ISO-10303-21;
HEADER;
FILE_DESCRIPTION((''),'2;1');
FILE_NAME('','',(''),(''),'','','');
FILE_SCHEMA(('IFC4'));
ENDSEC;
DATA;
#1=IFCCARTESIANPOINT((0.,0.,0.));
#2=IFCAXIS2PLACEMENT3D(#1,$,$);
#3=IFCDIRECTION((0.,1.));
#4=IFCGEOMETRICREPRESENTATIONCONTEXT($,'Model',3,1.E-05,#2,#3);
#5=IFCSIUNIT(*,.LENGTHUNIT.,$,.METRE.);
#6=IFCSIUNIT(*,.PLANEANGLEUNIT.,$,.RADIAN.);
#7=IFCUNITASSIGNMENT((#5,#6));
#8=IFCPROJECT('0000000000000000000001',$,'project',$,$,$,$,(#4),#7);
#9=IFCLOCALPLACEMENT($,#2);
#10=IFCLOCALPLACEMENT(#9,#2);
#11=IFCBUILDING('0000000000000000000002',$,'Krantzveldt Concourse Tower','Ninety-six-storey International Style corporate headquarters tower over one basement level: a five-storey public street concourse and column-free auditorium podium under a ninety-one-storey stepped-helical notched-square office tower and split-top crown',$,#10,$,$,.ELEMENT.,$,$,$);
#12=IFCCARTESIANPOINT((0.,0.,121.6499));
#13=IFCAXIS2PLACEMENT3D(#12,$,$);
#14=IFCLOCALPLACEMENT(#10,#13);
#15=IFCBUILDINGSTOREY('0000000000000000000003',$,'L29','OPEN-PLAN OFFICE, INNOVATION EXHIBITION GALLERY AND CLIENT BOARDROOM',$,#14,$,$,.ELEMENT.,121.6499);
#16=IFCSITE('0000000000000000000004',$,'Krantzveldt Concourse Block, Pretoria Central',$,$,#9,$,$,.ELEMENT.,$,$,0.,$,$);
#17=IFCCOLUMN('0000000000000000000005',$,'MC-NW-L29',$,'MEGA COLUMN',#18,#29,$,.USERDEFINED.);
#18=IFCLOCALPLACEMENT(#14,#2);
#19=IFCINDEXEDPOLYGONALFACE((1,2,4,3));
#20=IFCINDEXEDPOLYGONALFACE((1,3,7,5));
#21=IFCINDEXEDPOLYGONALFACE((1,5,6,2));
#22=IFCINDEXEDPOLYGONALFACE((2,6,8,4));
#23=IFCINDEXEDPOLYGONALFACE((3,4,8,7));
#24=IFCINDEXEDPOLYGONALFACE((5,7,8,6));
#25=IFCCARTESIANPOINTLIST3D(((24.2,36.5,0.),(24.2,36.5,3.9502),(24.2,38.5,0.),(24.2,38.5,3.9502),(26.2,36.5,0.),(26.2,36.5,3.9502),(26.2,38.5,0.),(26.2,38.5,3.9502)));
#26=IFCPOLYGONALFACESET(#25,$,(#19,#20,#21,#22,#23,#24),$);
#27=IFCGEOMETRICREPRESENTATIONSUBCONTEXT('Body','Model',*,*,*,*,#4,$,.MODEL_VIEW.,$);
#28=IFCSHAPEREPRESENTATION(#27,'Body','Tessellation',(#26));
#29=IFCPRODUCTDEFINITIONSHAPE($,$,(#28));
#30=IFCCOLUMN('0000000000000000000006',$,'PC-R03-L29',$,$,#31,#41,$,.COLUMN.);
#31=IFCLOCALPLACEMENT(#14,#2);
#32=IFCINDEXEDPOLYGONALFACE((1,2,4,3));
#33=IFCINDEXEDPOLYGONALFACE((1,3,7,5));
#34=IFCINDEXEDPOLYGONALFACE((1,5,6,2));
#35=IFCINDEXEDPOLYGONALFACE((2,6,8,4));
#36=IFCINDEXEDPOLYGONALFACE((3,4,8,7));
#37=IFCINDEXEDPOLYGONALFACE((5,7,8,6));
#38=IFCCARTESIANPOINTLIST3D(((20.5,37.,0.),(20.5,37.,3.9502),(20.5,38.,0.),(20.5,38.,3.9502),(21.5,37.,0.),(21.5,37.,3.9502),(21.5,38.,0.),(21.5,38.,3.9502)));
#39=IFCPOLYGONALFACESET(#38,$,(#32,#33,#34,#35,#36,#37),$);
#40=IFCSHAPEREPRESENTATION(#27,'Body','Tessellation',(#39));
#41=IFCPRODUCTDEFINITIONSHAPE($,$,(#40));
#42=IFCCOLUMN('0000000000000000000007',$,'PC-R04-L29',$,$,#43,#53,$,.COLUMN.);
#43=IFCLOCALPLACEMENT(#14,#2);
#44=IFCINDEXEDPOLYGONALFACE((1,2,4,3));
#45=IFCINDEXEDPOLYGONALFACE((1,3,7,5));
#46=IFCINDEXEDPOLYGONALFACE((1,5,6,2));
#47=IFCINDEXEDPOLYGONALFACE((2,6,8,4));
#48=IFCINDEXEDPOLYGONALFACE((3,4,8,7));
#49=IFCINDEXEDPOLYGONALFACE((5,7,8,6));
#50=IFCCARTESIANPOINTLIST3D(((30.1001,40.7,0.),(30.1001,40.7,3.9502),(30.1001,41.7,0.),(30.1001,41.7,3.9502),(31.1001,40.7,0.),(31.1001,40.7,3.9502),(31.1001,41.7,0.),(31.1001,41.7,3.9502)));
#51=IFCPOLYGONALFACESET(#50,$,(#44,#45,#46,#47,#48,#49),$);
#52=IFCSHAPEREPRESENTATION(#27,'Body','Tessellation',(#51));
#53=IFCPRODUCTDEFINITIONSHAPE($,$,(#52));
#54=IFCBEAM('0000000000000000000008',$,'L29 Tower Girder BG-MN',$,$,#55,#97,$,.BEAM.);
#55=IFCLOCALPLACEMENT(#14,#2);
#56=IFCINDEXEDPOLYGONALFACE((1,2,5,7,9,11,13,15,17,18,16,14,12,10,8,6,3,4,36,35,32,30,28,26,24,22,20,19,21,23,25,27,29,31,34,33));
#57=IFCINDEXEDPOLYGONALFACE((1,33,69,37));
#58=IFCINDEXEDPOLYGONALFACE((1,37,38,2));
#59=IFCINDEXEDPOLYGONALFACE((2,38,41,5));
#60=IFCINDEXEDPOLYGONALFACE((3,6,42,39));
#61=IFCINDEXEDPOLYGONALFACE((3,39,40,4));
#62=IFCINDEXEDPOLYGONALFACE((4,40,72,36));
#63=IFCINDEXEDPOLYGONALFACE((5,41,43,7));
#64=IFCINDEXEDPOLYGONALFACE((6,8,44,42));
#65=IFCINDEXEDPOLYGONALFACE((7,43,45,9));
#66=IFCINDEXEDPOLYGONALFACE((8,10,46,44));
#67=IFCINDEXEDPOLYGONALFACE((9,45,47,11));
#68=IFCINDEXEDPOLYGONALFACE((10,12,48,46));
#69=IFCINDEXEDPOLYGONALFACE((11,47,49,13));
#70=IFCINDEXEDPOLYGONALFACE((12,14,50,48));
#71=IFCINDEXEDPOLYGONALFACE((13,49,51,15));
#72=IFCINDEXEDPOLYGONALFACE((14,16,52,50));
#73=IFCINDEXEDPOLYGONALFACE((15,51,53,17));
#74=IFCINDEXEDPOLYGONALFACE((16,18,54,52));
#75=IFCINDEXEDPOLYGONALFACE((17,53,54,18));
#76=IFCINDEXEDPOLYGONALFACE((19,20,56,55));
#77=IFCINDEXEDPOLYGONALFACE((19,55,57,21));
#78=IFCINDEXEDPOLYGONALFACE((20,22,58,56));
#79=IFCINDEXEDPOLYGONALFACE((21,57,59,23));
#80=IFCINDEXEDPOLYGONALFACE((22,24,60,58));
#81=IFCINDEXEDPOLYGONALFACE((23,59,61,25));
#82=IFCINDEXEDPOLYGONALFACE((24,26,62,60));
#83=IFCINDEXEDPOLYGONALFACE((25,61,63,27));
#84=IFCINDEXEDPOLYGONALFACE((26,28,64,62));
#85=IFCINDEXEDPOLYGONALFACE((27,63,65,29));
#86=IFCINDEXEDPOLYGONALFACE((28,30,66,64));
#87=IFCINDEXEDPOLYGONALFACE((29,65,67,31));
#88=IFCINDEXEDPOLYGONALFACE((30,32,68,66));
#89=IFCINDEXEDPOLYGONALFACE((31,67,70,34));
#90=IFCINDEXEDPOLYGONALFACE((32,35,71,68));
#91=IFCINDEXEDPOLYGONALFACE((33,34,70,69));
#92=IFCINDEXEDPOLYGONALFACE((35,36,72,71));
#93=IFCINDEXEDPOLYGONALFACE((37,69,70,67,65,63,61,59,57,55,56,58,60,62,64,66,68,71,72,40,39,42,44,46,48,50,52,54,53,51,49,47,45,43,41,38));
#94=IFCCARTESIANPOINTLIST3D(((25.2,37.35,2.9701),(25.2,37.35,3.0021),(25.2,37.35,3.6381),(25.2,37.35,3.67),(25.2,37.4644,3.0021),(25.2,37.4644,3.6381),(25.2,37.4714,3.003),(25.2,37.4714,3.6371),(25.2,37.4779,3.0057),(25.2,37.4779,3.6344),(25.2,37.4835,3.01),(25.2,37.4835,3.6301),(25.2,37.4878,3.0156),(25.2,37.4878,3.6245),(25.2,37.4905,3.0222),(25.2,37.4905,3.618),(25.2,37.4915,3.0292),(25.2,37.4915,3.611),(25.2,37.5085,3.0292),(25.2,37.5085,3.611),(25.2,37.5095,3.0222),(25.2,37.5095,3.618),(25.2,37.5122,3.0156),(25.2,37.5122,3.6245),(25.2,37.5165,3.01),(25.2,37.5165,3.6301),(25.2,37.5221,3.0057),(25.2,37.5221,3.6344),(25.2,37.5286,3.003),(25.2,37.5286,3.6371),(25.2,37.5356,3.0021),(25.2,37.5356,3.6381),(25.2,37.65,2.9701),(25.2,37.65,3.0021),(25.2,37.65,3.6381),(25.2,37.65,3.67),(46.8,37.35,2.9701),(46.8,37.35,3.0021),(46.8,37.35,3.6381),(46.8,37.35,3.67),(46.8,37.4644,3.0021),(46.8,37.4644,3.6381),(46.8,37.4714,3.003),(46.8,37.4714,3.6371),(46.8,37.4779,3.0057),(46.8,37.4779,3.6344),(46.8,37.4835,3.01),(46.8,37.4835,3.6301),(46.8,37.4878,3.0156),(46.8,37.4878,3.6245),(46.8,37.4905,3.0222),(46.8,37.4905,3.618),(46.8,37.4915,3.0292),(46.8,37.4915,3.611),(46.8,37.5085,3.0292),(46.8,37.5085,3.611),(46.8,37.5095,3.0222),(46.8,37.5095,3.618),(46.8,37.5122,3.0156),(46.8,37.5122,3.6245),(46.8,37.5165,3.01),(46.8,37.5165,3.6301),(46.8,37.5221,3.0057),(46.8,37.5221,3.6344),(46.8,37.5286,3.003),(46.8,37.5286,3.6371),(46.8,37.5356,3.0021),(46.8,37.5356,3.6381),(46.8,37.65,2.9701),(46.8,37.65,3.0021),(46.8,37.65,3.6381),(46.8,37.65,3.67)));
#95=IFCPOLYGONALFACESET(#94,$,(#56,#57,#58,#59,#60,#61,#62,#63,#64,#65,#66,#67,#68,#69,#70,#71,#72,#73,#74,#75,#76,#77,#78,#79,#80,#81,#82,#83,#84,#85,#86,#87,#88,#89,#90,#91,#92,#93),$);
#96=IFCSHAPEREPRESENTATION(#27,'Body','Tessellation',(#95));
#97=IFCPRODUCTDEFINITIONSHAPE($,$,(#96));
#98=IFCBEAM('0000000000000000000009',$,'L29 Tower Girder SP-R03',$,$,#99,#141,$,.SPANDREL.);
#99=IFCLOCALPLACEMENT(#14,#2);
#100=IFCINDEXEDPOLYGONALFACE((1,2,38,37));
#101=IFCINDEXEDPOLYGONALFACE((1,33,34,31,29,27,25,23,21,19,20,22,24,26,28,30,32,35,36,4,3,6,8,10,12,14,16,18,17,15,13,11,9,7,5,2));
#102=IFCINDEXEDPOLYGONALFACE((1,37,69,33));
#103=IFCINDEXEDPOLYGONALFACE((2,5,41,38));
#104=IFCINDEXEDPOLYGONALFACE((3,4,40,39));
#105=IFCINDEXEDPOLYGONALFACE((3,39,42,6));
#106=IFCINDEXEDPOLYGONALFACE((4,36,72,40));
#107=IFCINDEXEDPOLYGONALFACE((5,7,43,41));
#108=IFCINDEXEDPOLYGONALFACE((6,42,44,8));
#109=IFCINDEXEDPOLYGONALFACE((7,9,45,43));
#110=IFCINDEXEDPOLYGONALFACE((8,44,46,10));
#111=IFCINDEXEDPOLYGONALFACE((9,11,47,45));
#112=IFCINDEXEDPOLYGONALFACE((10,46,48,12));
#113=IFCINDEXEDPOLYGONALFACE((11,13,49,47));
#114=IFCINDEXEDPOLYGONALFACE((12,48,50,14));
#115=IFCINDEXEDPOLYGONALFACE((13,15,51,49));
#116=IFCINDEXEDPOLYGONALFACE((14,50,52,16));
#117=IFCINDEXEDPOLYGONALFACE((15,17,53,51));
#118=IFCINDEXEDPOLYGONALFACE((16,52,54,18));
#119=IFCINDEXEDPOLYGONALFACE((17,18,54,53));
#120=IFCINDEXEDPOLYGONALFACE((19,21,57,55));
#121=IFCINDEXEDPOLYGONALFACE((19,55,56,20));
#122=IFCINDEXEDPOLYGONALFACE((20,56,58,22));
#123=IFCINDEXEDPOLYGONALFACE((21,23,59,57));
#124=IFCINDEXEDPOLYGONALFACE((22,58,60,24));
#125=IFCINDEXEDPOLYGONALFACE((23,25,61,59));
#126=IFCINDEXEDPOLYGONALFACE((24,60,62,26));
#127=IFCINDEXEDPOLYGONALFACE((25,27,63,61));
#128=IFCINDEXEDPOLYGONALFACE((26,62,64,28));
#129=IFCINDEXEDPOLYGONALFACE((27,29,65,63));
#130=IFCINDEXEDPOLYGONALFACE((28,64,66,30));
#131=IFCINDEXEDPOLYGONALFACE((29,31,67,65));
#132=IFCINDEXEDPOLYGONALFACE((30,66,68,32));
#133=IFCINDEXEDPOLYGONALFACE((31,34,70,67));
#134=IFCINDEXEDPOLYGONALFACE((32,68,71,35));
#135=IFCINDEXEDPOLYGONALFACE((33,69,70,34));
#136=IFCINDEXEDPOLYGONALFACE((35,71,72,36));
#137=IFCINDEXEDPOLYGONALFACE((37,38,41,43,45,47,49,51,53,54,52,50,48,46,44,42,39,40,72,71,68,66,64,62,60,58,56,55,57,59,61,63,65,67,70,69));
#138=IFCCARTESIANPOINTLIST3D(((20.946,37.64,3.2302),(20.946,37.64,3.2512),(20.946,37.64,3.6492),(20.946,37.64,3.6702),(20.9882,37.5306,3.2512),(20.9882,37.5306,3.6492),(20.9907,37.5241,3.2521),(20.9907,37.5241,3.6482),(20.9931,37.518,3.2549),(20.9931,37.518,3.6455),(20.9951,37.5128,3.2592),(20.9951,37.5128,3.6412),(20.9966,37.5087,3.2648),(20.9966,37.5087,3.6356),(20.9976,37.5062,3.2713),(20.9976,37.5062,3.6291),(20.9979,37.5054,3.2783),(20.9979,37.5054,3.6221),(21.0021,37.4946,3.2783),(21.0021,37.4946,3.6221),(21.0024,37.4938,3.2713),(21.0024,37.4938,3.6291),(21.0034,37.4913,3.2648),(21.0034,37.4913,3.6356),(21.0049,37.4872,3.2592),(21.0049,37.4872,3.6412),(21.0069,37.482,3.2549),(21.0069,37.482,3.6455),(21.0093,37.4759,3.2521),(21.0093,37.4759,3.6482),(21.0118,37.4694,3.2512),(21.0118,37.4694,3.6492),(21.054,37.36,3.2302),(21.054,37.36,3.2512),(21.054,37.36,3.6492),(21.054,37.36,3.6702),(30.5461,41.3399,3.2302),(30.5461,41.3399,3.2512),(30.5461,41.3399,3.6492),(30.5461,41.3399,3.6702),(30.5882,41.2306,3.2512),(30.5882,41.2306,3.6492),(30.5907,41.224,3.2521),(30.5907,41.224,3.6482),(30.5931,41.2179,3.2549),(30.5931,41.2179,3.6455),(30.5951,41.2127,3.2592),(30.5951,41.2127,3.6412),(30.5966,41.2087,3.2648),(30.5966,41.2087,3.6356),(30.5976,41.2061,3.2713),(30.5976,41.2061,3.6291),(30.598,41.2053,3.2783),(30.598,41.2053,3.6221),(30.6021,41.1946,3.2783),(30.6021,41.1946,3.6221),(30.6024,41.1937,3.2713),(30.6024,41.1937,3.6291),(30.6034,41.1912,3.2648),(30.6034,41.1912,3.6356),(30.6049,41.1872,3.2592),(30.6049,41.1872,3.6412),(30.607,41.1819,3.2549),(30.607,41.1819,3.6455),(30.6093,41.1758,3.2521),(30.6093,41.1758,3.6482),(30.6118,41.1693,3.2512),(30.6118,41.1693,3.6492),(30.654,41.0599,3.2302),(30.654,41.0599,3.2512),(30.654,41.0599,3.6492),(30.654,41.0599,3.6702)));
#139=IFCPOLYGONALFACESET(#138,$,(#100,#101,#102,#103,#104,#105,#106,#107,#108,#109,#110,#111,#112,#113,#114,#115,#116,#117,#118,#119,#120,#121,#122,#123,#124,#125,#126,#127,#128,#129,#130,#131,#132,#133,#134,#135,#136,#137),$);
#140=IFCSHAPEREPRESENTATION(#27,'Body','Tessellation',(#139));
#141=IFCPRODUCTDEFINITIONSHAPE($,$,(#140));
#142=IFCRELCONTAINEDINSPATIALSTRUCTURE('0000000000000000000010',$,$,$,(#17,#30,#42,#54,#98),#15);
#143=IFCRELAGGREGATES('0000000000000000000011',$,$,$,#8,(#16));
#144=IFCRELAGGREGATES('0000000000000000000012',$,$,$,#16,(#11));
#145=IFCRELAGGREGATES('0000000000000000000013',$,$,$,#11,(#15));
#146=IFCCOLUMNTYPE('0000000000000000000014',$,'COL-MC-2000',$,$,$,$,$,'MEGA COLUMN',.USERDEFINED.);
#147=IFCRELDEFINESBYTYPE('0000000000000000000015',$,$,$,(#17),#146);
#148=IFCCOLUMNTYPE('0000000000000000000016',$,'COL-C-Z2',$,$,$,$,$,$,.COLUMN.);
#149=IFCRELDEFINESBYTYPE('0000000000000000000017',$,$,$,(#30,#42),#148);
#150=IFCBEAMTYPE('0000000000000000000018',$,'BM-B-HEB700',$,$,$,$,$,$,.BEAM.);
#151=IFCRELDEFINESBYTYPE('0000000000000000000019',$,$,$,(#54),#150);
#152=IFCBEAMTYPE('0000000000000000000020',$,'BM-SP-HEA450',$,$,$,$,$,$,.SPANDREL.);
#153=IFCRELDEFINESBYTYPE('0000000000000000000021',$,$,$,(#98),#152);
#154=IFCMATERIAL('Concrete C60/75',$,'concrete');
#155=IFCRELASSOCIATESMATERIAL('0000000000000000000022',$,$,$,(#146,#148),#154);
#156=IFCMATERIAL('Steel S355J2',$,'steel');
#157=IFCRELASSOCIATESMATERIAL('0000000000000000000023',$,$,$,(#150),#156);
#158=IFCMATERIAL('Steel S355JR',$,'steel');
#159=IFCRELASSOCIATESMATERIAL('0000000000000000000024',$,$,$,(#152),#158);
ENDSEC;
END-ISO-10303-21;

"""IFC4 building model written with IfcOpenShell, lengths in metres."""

from ifc_helpers import new_model, si_unit, direction, frame, origin, origin_2d, place, context, subcontext, project, spatial, rectangle, i_section, extrude, source, transform, mapped, material, material_profile, profile_set, type_object, type_shapes, element, save


model = new_model("IFC4")

# Units and contexts
model_context = context("Model", 3, precision=1e-05, world=origin(), true_north=direction((0.0, 1.0)))
body_context = subcontext(model_context, "Body", "Model", "MODEL_VIEW")
ifc_project = project(units=[si_unit("LENGTHUNIT", "METRE"), si_unit("PLANEANGLEUNIT", "RADIAN")], contexts=[model_context])

# Site, building, storey
site_placement = place(None, origin())
site = spatial("IfcSite", under=ifc_project, at=site_placement, Name="Krantzveldt Concourse Block, Pretoria Central", CompositionType="ELEMENT", RefElevation=0.0)
building_placement = place(site_placement, origin())
building = spatial("IfcBuilding", under=site, at=building_placement, Name="Krantzveldt Concourse Tower", Description="Ninety-six-storey International Style corporate headquarters tower over one basement level: a five-storey public street concourse and column-free auditorium podium under a ninety-one-storey stepped-helical notched-square office tower and split-top crown", CompositionType="ELEMENT")
storey_placement = place(building_placement, frame((0.0, 0.0, 121.6499)))
storey = spatial("IfcBuildingStorey", under=building, at=storey_placement, Name="L29", Description="OPEN-PLAN OFFICE, INNOVATION EXHIBITION GALLERY AND CLIENT BOARDROOM", CompositionType="ELEMENT", Elevation=121.6499)

# Columns
ifc_material_1 = material(Name="Concrete C60/75", Category="concrete")
ifc_material_profile_1 = material_profile(ifc_material_1, rectangle(XDim=2.0, YDim=2.0, at=origin_2d()), Name="Concrete C60/75", Category="concrete")
ifc_profile_set_1 = profile_set([ifc_material_profile_1], Name="Concrete C60/75 - RC 2000x2000")
column_type_1 = type_object("IfcColumnType", Name="COL-MC-2000", ElementType="MEGA COLUMN", PredefinedType="USERDEFINED", material=ifc_profile_set_1)
shared_shape_1 = source(origin(), body_context, "Body", "SweptSolid", [
    extrude(rectangle(XDim=2.0, YDim=2.0, at=origin_2d()), origin(), (0.0, 0.0, 1.0), 3.9502),
])
type_shapes(column_type_1, [shared_shape_1])
column_placement = place(storey_placement, frame((25.2, 37.5, 0.0), z_axis=(0.0, 0.0, 1.0), x_axis=(1.0, 0.0, 0.0)))
element("IfcColumn", 1, at=column_placement, inside=storey, type_object=column_type_1, Name="MC-NW-L29", ObjectType="MEGA COLUMN", PredefinedType="USERDEFINED", context=body_context, shape_type="MappedRepresentation", body=[
    mapped(shared_shape_1, transform((0.0, 0.0, 0.0), x_axis=(1.0, 0.0, 0.0), y_axis=(0.0, 1.0, 0.0), z_axis=(0.0, 0.0, 1.0), scale=1.0)),
])
ifc_material_profile_2 = material_profile(ifc_material_1, rectangle(XDim=1.0, YDim=1.0, at=origin_2d()), Name="Concrete C60/75", Category="concrete")
ifc_profile_set_2 = profile_set([ifc_material_profile_2], Name="Concrete C60/75 - RC 1000x1000")
column_type_2 = type_object("IfcColumnType", Name="COL-C-Z2", PredefinedType="COLUMN", material=ifc_profile_set_2)
shared_shape_2 = source(origin(), body_context, "Body", "SweptSolid", [
    extrude(rectangle(XDim=1.0, YDim=1.0, at=origin_2d()), origin(), (0.0, 0.0, 1.0), 3.9502),
])
type_shapes(column_type_2, [shared_shape_2])
for number, where, z_axis, x_axis, name in (
    (2, (21.0, 37.5, 0.0), (0.0, 0.0, 1.0), (1.0, 0.0, 0.0), "PC-R03-L29"),
    (3, (30.6001, 41.2, 0.0), (0.0, 0.0, 1.0), (1.0, 0.0, 0.0), "PC-R04-L29"),
):
    element("IfcColumn", number, at=place(storey_placement, frame(where, z_axis=z_axis, x_axis=x_axis)), inside=storey, type_object=column_type_2, Name=name, PredefinedType="COLUMN", context=body_context, shape_type="MappedRepresentation", body=[
        mapped(shared_shape_2, transform((0.0, 0.0, 0.0), x_axis=(1.0, 0.0, 0.0), y_axis=(0.0, 1.0, 0.0), z_axis=(0.0, 0.0, 1.0), scale=1.0)),
    ])

# Beams
ifc_material_2 = material(Name="Steel S355J2", Category="steel")
ifc_material_profile_3 = material_profile(ifc_material_2, i_section(OverallWidth=0.3, OverallDepth=0.7, WebThickness=0.0171, FlangeThickness=0.032, FilletRadius=0.0271, at=origin_2d()), Name="Steel S355J2", Category="steel")
ifc_profile_set_3 = profile_set([ifc_material_profile_3], Name="Steel S355J2 - HEB 700")
beam_type_1 = type_object("IfcBeamType", Name="BM-B-HEB700", PredefinedType="BEAM", material=ifc_profile_set_3)
shared_shape_3 = source(origin(), body_context, "Body", "SweptSolid", [
    extrude(i_section(OverallWidth=0.3, OverallDepth=0.7, WebThickness=0.0171, FlangeThickness=0.032, FilletRadius=0.0271, at=origin_2d()), origin(), (0.0, 0.0, 1.0), 21.6001),
])
type_shapes(beam_type_1, [shared_shape_3])
beam_1_placement = place(storey_placement, frame((25.2, 37.5, 3.3201), z_axis=(1.0, 0.0, 0.0), x_axis=(0.0, 1.0, 0.0)))
element("IfcBeam", 4, at=beam_1_placement, inside=storey, type_object=beam_type_1, Name="L29 Tower Girder BG-MN", PredefinedType="BEAM", context=body_context, shape_type="MappedRepresentation", body=[
    mapped(shared_shape_3, transform((0.0, 0.0, 0.0), x_axis=(1.0, 0.0, 0.0), y_axis=(0.0, 1.0, 0.0), z_axis=(0.0, 0.0, 1.0), scale=1.0)),
])
ifc_material_3 = material(Name="Steel S355JR", Category="steel")
ifc_material_profile_4 = material_profile(ifc_material_3, i_section(OverallWidth=0.3, OverallDepth=0.4399, WebThickness=0.0115, FlangeThickness=0.021, FilletRadius=0.0271, at=origin_2d()), Name="Steel S355JR", Category="steel")
ifc_profile_set_4 = profile_set([ifc_material_profile_4], Name="Steel S355JR - HEA 450")
beam_type_2 = type_object("IfcBeamType", Name="BM-SP-HEA450", PredefinedType="SPANDREL", material=ifc_profile_set_4)
shared_shape_4 = source(origin(), body_context, "Body", "SweptSolid", [
    extrude(i_section(OverallWidth=0.3, OverallDepth=0.4399, WebThickness=0.0115, FlangeThickness=0.021, FilletRadius=0.0271, at=origin_2d()), origin(), (0.0, 0.0, 1.0), 10.2883),
])
beam_2_placement = place(storey_placement, frame((21.0, 37.5, 3.4502), z_axis=(0.933098, 0.359623, 0.0), x_axis=(-0.359623, 0.933098, 0.0)))
element("IfcBeam", 5, at=beam_2_placement, inside=storey, type_object=beam_type_2, Name="L29 Tower Girder SP-R03", PredefinedType="SPANDREL", context=body_context, shape_type="MappedRepresentation", body=[
    mapped(shared_shape_4, transform((0.0, 0.0, 0.0), x_axis=(1.0, 0.0, 0.0), y_axis=(0.0, 1.0, 0.0), z_axis=(0.0, 0.0, 1.0), scale=1.0)),
])

save(model, "model.ifc")
